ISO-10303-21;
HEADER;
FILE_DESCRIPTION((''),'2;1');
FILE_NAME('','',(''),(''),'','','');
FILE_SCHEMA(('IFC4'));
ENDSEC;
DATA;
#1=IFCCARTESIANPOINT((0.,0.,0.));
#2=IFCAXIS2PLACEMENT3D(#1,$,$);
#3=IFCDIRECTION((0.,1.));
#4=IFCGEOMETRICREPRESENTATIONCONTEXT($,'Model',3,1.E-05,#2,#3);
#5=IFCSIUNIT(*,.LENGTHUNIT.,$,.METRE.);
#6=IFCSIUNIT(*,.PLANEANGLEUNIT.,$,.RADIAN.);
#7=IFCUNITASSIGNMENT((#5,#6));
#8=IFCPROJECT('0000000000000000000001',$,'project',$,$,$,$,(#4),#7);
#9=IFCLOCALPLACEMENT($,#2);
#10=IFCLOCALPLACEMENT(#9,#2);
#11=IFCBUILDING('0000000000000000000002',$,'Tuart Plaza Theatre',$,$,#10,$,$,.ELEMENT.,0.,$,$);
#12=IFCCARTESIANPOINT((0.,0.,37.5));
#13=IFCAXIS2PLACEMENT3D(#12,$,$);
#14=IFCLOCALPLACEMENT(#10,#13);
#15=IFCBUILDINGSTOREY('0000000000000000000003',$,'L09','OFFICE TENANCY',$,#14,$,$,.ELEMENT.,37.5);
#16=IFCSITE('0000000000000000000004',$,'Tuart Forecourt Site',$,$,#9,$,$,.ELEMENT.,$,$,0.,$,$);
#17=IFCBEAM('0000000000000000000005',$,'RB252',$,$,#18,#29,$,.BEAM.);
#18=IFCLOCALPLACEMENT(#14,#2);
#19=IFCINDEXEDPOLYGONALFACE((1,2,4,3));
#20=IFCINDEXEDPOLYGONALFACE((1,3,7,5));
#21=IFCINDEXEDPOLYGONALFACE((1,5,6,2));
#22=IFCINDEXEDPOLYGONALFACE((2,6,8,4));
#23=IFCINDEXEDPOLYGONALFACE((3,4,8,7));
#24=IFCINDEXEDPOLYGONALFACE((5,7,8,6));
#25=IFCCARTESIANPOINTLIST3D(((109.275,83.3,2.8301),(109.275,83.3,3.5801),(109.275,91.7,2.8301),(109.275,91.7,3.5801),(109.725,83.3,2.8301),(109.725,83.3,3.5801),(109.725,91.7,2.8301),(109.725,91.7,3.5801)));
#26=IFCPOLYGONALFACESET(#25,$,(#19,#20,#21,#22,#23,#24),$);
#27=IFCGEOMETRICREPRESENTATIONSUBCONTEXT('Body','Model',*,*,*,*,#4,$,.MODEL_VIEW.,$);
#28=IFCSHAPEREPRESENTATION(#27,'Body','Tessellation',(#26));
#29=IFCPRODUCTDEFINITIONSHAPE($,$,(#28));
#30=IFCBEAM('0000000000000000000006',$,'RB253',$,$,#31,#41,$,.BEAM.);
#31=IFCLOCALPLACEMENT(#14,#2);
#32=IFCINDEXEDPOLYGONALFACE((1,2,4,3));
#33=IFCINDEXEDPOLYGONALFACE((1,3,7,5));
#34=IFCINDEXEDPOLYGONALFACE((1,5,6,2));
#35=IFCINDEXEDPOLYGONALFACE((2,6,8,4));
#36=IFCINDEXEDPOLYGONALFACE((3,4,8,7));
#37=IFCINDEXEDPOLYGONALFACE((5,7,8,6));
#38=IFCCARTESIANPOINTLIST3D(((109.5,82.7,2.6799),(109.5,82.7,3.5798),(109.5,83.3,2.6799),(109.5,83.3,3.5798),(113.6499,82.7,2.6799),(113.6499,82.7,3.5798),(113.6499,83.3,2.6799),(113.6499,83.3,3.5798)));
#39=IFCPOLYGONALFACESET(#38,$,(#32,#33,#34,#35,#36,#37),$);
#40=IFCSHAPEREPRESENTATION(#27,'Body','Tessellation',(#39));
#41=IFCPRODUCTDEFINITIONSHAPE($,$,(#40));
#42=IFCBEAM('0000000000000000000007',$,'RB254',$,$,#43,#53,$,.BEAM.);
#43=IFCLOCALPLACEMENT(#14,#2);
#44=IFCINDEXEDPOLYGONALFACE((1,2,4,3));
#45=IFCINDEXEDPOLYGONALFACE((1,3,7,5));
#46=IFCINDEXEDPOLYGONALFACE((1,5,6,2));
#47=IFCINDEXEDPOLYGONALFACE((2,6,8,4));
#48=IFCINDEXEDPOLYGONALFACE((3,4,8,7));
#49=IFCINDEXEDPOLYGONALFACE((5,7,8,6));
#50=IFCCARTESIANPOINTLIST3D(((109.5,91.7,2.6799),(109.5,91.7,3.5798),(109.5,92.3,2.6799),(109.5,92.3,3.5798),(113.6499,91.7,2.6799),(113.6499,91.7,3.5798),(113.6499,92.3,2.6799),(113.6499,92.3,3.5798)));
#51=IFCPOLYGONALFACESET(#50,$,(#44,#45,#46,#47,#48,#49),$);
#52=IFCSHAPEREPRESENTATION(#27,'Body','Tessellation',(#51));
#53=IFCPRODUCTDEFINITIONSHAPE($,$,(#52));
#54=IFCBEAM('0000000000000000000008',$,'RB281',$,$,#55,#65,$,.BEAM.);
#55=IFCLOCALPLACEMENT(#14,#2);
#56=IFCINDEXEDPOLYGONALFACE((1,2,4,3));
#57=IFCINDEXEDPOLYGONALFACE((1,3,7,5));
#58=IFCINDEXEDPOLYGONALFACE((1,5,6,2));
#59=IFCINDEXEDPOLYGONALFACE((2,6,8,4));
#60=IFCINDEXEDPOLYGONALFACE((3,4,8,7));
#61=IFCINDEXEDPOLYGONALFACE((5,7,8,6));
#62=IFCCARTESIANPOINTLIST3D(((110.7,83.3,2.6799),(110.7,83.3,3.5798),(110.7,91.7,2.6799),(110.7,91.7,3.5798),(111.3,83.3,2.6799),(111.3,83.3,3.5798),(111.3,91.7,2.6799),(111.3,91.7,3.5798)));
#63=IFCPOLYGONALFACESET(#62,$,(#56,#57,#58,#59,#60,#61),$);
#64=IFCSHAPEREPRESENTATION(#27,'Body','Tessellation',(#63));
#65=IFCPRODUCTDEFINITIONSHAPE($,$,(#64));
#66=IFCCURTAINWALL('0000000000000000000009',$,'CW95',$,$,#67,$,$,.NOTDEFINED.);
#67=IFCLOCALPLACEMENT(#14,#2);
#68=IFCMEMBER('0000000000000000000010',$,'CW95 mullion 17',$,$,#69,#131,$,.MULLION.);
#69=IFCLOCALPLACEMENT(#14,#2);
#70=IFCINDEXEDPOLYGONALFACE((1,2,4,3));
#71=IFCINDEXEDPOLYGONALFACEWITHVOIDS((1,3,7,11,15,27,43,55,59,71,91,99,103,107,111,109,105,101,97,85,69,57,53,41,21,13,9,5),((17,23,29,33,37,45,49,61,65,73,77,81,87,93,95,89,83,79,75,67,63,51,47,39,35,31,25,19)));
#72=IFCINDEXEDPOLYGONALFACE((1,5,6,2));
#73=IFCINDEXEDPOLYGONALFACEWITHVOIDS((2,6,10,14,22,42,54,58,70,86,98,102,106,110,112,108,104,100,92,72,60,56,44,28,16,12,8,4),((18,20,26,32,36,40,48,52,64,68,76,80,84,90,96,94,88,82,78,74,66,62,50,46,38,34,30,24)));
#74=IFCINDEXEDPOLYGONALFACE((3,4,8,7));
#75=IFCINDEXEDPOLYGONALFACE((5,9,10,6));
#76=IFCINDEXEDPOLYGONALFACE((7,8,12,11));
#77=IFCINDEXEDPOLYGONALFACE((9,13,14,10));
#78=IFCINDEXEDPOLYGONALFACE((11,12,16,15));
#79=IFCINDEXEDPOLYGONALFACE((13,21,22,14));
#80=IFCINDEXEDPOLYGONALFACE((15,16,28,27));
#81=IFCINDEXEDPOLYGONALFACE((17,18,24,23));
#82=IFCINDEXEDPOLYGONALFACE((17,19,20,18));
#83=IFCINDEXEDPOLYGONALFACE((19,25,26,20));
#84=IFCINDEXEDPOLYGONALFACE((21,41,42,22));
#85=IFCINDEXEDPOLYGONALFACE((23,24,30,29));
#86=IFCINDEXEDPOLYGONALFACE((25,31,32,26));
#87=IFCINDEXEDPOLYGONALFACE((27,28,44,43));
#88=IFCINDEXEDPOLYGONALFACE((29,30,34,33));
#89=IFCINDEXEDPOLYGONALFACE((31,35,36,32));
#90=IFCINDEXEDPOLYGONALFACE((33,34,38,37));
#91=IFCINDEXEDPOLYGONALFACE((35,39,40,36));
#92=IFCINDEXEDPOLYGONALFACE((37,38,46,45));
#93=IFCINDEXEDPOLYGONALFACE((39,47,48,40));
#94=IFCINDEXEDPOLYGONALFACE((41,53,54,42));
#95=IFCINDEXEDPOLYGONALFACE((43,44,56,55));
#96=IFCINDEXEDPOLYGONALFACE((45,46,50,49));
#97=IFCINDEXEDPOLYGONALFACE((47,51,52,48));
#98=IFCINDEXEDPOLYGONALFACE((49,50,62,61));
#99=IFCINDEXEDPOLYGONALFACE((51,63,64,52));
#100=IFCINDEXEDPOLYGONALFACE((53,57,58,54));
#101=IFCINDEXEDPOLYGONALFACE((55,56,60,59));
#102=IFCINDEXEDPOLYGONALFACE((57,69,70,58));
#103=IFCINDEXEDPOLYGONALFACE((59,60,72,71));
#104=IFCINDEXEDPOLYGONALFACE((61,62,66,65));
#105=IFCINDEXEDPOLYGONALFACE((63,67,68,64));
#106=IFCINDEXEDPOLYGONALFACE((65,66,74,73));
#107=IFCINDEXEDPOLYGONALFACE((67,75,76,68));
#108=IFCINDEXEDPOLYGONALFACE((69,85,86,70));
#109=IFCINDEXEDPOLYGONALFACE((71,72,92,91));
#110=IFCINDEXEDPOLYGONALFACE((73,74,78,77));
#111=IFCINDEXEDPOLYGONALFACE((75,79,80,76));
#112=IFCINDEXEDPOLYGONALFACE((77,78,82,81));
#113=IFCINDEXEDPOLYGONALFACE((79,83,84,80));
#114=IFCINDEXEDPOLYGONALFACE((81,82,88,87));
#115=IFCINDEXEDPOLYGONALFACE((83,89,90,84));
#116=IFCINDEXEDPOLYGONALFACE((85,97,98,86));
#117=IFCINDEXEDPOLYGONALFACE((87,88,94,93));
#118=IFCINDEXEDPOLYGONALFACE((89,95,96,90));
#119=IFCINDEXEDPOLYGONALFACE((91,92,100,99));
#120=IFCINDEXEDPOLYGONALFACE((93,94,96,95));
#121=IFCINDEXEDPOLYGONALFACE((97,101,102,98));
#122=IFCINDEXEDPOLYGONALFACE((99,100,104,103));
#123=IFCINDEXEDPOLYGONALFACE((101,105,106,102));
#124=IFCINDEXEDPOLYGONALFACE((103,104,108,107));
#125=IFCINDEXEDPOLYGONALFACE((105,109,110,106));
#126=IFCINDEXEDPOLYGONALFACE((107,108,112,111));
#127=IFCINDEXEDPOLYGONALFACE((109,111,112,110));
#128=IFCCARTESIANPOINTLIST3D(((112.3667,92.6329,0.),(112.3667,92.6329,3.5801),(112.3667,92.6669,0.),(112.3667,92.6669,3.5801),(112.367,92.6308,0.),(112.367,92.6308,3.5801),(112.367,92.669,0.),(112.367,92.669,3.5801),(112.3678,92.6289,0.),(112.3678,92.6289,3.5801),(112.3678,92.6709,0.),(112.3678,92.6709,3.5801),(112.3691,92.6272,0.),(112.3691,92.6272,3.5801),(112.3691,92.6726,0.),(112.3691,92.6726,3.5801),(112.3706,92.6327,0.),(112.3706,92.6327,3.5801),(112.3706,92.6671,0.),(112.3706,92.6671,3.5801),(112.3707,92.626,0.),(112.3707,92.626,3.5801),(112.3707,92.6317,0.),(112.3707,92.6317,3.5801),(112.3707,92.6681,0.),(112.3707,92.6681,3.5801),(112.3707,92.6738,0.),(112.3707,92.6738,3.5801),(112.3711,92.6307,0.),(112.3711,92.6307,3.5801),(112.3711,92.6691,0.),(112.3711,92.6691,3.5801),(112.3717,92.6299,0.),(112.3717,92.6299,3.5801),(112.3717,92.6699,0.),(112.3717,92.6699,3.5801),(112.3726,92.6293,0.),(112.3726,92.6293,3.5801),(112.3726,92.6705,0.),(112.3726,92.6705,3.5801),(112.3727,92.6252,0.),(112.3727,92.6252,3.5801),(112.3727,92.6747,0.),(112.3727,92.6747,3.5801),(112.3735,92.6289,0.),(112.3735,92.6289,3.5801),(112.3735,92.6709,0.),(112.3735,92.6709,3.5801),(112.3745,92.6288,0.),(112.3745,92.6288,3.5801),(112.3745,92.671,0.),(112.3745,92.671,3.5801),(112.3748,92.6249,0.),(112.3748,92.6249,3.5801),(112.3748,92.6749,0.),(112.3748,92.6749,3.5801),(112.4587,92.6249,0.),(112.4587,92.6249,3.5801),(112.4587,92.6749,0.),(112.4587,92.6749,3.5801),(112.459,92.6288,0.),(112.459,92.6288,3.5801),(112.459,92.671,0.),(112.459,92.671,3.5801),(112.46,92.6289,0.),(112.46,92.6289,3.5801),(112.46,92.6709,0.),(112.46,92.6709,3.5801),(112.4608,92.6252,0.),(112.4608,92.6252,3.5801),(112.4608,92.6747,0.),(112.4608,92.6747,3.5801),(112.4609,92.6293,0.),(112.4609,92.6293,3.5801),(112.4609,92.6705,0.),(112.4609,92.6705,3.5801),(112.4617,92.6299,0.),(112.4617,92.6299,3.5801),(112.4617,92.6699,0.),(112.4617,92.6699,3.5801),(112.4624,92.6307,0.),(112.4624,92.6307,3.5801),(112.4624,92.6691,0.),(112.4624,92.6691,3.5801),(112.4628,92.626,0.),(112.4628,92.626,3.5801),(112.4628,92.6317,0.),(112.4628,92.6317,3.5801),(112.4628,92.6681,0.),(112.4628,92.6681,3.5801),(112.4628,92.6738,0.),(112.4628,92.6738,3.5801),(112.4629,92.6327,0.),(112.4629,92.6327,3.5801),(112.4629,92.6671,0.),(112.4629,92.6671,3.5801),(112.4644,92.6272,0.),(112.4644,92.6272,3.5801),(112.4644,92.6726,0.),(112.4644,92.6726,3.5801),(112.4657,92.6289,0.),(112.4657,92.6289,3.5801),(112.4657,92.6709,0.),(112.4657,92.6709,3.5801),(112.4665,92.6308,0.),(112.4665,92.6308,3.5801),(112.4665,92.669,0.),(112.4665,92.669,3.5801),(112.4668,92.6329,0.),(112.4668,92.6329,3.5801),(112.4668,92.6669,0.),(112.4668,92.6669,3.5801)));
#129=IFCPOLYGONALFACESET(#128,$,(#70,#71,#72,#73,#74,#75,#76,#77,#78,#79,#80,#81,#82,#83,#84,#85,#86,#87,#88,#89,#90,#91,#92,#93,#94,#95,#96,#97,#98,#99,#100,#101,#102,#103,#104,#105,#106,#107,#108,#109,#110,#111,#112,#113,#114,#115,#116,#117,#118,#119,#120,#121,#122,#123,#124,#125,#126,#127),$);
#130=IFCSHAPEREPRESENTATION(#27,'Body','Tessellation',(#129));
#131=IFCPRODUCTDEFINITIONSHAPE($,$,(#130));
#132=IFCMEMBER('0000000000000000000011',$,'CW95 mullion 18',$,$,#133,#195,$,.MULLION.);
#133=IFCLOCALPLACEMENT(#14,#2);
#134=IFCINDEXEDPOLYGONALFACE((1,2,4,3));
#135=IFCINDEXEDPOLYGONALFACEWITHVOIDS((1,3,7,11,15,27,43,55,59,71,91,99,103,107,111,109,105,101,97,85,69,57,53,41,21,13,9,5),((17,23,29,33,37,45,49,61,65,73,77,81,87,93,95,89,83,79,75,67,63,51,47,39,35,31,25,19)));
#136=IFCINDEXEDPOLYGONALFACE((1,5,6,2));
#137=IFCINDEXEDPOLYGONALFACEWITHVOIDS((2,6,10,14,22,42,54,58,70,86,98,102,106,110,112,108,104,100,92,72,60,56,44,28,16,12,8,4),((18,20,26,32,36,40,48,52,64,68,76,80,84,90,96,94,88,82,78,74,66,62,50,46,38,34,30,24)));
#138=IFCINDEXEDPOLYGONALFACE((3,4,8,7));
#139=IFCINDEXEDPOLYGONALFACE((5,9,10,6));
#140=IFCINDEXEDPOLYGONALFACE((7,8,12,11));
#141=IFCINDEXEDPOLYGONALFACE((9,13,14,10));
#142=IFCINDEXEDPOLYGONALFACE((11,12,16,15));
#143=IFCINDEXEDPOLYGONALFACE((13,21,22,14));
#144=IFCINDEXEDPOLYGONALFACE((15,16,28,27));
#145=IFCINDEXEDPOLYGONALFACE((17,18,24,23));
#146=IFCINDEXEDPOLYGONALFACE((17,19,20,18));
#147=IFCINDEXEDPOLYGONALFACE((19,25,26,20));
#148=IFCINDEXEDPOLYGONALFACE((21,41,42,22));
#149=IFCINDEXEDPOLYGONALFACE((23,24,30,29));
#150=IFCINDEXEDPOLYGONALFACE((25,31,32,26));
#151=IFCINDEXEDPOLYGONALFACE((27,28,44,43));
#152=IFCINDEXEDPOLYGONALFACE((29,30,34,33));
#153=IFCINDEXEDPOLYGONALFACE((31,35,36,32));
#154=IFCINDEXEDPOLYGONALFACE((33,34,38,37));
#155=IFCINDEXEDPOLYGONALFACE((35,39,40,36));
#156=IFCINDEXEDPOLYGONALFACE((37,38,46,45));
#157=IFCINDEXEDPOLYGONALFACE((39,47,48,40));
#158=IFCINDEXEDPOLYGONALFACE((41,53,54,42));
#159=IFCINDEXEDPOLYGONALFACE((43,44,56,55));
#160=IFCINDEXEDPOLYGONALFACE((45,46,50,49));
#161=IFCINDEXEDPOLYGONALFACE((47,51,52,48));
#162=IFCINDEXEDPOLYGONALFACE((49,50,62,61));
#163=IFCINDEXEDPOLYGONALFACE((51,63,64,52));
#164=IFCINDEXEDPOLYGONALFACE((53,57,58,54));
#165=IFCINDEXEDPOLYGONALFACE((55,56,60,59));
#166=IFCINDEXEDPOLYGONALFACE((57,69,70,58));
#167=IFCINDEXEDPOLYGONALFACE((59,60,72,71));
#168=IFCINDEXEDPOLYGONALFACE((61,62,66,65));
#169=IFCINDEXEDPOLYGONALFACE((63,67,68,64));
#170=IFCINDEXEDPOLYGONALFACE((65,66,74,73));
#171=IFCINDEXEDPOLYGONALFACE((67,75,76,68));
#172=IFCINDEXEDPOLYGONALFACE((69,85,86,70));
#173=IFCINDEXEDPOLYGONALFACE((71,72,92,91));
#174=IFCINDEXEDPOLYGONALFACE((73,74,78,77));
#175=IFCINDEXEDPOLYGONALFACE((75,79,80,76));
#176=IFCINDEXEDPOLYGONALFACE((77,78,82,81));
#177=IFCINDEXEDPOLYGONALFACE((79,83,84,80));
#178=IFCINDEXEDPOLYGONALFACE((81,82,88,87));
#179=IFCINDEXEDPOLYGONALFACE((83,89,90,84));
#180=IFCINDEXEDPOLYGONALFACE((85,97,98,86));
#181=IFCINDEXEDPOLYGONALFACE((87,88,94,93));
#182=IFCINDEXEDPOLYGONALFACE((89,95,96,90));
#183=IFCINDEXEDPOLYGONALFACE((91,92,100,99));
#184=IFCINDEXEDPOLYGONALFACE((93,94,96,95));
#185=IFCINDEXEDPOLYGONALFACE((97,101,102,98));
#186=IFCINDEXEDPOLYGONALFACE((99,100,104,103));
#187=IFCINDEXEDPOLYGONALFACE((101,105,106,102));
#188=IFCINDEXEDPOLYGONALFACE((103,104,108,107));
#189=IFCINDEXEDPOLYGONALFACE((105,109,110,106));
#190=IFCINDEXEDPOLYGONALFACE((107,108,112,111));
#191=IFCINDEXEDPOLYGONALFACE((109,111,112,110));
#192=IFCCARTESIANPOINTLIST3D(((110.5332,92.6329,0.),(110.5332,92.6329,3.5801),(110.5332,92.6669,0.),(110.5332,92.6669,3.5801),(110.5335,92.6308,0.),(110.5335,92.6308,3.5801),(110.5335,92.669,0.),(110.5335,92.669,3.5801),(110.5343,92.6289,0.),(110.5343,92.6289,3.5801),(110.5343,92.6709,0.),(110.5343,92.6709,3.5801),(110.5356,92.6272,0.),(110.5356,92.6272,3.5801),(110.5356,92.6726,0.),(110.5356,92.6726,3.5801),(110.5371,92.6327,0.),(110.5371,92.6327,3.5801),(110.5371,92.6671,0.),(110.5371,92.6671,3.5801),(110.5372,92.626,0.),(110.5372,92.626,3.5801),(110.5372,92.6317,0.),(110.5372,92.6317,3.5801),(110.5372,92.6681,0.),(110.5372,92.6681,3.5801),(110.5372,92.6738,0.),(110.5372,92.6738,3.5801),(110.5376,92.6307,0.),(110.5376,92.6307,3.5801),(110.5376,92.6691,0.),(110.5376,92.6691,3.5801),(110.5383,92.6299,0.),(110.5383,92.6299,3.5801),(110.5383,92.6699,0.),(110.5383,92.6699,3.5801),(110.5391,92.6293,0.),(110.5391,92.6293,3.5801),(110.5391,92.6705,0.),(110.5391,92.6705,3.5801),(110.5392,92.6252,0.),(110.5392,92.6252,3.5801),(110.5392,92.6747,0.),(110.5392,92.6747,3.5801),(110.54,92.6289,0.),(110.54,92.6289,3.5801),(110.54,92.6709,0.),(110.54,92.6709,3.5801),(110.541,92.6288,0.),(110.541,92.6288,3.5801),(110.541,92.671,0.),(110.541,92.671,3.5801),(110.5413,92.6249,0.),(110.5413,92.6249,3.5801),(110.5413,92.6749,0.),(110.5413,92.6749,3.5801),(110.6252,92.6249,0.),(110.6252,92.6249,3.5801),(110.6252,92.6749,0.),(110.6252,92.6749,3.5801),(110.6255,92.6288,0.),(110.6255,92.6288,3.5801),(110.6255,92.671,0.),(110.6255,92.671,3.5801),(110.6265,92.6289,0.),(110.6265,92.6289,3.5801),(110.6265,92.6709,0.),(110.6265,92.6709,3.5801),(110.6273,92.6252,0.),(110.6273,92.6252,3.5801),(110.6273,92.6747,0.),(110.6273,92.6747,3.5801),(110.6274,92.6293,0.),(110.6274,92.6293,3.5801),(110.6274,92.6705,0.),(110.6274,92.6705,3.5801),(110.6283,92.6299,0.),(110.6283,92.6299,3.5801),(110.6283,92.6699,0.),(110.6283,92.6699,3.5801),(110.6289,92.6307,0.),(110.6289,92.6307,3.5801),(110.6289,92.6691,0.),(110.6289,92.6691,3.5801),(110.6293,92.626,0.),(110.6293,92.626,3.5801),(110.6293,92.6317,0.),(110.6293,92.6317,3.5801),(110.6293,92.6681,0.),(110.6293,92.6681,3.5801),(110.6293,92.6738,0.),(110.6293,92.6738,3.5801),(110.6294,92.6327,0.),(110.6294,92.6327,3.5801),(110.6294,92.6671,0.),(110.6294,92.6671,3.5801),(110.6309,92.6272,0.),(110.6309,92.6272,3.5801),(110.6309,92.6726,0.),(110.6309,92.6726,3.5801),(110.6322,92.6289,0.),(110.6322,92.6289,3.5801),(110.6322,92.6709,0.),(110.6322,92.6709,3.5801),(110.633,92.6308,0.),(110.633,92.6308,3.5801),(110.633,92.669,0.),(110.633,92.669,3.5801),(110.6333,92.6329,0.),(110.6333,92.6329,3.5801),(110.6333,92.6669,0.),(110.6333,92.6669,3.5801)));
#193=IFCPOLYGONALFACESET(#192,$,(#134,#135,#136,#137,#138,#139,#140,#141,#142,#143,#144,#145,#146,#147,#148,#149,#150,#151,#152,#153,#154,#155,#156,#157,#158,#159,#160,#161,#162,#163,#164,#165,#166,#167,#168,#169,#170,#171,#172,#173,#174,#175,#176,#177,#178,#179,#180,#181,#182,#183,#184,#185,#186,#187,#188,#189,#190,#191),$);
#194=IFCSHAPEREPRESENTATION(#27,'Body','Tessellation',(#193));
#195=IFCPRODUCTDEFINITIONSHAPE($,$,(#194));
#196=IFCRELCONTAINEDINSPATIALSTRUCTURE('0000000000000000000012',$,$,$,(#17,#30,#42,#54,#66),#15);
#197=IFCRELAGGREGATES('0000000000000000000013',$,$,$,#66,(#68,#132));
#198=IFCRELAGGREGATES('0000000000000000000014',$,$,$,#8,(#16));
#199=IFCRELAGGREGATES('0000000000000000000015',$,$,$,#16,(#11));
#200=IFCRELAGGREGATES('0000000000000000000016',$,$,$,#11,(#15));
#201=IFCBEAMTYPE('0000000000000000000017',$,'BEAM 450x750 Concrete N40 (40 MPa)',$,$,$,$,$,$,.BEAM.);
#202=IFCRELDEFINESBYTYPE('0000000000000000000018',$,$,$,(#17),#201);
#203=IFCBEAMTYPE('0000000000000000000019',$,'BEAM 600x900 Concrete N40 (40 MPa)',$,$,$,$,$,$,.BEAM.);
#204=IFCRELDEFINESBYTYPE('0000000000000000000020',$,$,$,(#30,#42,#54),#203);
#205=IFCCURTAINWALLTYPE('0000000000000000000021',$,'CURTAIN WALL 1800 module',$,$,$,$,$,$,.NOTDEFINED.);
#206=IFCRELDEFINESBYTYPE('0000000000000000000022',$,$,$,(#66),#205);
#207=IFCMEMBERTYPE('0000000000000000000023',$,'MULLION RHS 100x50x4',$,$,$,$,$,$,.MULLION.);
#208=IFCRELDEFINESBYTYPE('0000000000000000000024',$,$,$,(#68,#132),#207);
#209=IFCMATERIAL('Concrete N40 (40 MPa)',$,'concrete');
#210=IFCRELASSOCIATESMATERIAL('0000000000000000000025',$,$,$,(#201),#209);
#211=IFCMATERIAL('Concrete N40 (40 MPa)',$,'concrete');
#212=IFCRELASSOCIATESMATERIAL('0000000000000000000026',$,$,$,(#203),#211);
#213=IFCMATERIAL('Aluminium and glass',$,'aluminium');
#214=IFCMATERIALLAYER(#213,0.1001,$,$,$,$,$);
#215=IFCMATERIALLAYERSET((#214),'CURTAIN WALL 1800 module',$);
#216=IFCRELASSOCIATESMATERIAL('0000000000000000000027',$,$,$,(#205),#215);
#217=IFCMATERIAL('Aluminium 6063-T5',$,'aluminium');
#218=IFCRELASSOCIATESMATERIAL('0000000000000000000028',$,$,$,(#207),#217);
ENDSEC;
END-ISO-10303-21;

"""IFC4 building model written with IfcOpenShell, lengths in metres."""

from ifc_helpers import new_model, si_unit, direction, frame, origin, origin_2d, place, context, subcontext, project, spatial, rectangle, hollow_rectangle, extrude, material, layer, layer_set, material_profile, profile_set, type_object, element, aggregate, save


model = new_model("IFC4")

# Units and contexts
model_context = context("Model", 3, precision=1e-05, world=origin(), true_north=direction((0.0, 1.0)))
body_context = subcontext(model_context, "Body", "Model", "MODEL_VIEW")
ifc_project = project(units=[si_unit("LENGTHUNIT", "METRE"), si_unit("PLANEANGLEUNIT", "RADIAN")], contexts=[model_context])

# Site, building, storey
site_placement = place(None, origin())
site = spatial("IfcSite", under=ifc_project, at=site_placement, Name="Tuart Forecourt Site", CompositionType="ELEMENT", RefElevation=0.0)
building_placement = place(site_placement, origin())
building = spatial("IfcBuilding", under=site, at=building_placement, Name="Tuart Plaza Theatre", CompositionType="ELEMENT", ElevationOfRefHeight=0.0)
storey_placement = place(building_placement, frame((0.0, 0.0, 37.5)))
storey = spatial("IfcBuildingStorey", under=building, at=storey_placement, Name="L09", Description="OFFICE TENANCY", CompositionType="ELEMENT", Elevation=37.5)

# Beams
ifc_material_1 = material(Name="Concrete N40 (40 MPa)", Category="concrete")
ifc_material_profile_1 = material_profile(ifc_material_1, rectangle(XDim=0.45, YDim=0.75, at=origin_2d()), Name="BEAM 450x750 Concrete N40 (40 MPa)")
ifc_profile_set_1 = profile_set([ifc_material_profile_1], Name="Concrete N40 (40 MPa)")
beam_type_1 = type_object("IfcBeamType", Name="BEAM 450x750 Concrete N40 (40 MPa)", PredefinedType="BEAM", material=ifc_profile_set_1)
beam_1_placement = place(storey_placement, frame((109.5, 83.3, 3.2051), z_axis=(0.0, 1.0, 0.0), x_axis=(-1.0, 0.0, 0.0)))
element("IfcBeam", 1, at=beam_1_placement, inside=storey, type_object=beam_type_1, Name="RB252", PredefinedType="BEAM", context=body_context, shape_type="SweptSolid", body=[
    extrude(rectangle(XDim=0.45, YDim=0.75, at=origin_2d()), origin(), (0.0, 0.0, 1.0), 8.3999),
])
ifc_material_2 = material(Name="Concrete N40 (40 MPa)", Category="concrete")
ifc_material_profile_2 = material_profile(ifc_material_2, rectangle(XDim=0.6001, YDim=0.8999, at=origin_2d()), Name="BEAM 600x900 Concrete N40 (40 MPa)")
ifc_profile_set_2 = profile_set([ifc_material_profile_2], Name="Concrete N40 (40 MPa)")
beam_type_2 = type_object("IfcBeamType", Name="BEAM 600x900 Concrete N40 (40 MPa)", PredefinedType="BEAM", material=ifc_profile_set_2)
for number, where, z_axis, x_axis, name in (
    (2, (109.5, 83.0, 3.1299), (1.0, 0.0, 0.0), (0.0, 1.0, 0.0), "RB253"),
    (3, (109.5, 92.0, 3.1299), (1.0, 0.0, 0.0), (0.0, 1.0, 0.0), "RB254"),
):
    element("IfcBeam", number, at=place(storey_placement, frame(where, z_axis=z_axis, x_axis=x_axis)), inside=storey, type_object=beam_type_2, Name=name, PredefinedType="BEAM", context=body_context, shape_type="SweptSolid", body=[
        extrude(rectangle(XDim=0.6001, YDim=0.8999, at=origin_2d()), origin(), (0.0, 0.0, 1.0), 4.1499),
    ])
beam_2_placement = place(storey_placement, frame((111.0, 83.3, 3.1299), z_axis=(0.0, 1.0, 0.0), x_axis=(-1.0, 0.0, 0.0)))
element("IfcBeam", 4, at=beam_2_placement, inside=storey, type_object=beam_type_2, Name="RB281", PredefinedType="BEAM", context=body_context, shape_type="SweptSolid", body=[
    extrude(rectangle(XDim=0.6001, YDim=0.8999, at=origin_2d()), origin(), (0.0, 0.0, 1.0), 8.3999),
])

# Curtain wall, members
ifc_material_3 = material(Name="Aluminium and glass", Category="aluminium")
ifc_layer_1 = layer(ifc_material_3, 0.1001)
ifc_layer_set_1 = layer_set([ifc_layer_1], Name="CURTAIN WALL 1800 module")
curtain_wall_type_1 = type_object("IfcCurtainWallType", Name="CURTAIN WALL 1800 module", PredefinedType="NOTDEFINED", material=ifc_layer_set_1)
curtain_wall_1_placement = place(storey_placement, origin())
curtain_wall_1 = element("IfcCurtainWall", 5, at=curtain_wall_1_placement, inside=storey, type_object=curtain_wall_type_1, Name="CW95", PredefinedType="NOTDEFINED")
ifc_material_4 = material(Name="Aluminium 6063-T5", Category="aluminium")
ifc_material_profile_3 = material_profile(ifc_material_4, hollow_rectangle(XDim=0.05, YDim=0.1001, WallThickness=0.0039, InnerFilletRadius=0.0039, OuterFilletRadius=0.0081, at=origin_2d()), Name="RHS 100x50x4")
ifc_profile_set_3 = profile_set([ifc_material_profile_3], Name="Aluminium 6063-T5")
member_type_1 = type_object("IfcMemberType", Name="MULLION RHS 100x50x4", PredefinedType="MULLION", material=ifc_profile_set_3)
member_1_placement = place(storey_placement, frame((112.4167, 92.6499, 0.0), z_axis=(0.0, 0.0, 1.0), x_axis=(0.0, -1.0, 0.0)))
member_1 = element("IfcMember", 6, at=member_1_placement, type_object=member_type_1, Name="CW95 mullion 17", PredefinedType="MULLION", context=body_context, shape_type="SweptSolid", body=[
    extrude(hollow_rectangle(XDim=0.05, YDim=0.1001, WallThickness=0.0039, InnerFilletRadius=0.0039, OuterFilletRadius=0.0081, at=origin_2d()), origin(), (0.0, 0.0, 1.0), 3.5801),
])
member_2_placement = place(storey_placement, frame((110.5833, 92.6499, 0.0), z_axis=(0.0, 0.0, 1.0), x_axis=(0.0, -1.0, 0.0)))
member_2 = element("IfcMember", 7, at=member_2_placement, type_object=member_type_1, Name="CW95 mullion 18", PredefinedType="MULLION", context=body_context, shape_type="SweptSolid", body=[
    extrude(hollow_rectangle(XDim=0.05, YDim=0.1001, WallThickness=0.0039, InnerFilletRadius=0.0039, OuterFilletRadius=0.0081, at=origin_2d()), origin(), (0.0, 0.0, 1.0), 3.5801),
])

aggregate(curtain_wall_1, [member_1, member_2])

save(model, "model.ifc")
